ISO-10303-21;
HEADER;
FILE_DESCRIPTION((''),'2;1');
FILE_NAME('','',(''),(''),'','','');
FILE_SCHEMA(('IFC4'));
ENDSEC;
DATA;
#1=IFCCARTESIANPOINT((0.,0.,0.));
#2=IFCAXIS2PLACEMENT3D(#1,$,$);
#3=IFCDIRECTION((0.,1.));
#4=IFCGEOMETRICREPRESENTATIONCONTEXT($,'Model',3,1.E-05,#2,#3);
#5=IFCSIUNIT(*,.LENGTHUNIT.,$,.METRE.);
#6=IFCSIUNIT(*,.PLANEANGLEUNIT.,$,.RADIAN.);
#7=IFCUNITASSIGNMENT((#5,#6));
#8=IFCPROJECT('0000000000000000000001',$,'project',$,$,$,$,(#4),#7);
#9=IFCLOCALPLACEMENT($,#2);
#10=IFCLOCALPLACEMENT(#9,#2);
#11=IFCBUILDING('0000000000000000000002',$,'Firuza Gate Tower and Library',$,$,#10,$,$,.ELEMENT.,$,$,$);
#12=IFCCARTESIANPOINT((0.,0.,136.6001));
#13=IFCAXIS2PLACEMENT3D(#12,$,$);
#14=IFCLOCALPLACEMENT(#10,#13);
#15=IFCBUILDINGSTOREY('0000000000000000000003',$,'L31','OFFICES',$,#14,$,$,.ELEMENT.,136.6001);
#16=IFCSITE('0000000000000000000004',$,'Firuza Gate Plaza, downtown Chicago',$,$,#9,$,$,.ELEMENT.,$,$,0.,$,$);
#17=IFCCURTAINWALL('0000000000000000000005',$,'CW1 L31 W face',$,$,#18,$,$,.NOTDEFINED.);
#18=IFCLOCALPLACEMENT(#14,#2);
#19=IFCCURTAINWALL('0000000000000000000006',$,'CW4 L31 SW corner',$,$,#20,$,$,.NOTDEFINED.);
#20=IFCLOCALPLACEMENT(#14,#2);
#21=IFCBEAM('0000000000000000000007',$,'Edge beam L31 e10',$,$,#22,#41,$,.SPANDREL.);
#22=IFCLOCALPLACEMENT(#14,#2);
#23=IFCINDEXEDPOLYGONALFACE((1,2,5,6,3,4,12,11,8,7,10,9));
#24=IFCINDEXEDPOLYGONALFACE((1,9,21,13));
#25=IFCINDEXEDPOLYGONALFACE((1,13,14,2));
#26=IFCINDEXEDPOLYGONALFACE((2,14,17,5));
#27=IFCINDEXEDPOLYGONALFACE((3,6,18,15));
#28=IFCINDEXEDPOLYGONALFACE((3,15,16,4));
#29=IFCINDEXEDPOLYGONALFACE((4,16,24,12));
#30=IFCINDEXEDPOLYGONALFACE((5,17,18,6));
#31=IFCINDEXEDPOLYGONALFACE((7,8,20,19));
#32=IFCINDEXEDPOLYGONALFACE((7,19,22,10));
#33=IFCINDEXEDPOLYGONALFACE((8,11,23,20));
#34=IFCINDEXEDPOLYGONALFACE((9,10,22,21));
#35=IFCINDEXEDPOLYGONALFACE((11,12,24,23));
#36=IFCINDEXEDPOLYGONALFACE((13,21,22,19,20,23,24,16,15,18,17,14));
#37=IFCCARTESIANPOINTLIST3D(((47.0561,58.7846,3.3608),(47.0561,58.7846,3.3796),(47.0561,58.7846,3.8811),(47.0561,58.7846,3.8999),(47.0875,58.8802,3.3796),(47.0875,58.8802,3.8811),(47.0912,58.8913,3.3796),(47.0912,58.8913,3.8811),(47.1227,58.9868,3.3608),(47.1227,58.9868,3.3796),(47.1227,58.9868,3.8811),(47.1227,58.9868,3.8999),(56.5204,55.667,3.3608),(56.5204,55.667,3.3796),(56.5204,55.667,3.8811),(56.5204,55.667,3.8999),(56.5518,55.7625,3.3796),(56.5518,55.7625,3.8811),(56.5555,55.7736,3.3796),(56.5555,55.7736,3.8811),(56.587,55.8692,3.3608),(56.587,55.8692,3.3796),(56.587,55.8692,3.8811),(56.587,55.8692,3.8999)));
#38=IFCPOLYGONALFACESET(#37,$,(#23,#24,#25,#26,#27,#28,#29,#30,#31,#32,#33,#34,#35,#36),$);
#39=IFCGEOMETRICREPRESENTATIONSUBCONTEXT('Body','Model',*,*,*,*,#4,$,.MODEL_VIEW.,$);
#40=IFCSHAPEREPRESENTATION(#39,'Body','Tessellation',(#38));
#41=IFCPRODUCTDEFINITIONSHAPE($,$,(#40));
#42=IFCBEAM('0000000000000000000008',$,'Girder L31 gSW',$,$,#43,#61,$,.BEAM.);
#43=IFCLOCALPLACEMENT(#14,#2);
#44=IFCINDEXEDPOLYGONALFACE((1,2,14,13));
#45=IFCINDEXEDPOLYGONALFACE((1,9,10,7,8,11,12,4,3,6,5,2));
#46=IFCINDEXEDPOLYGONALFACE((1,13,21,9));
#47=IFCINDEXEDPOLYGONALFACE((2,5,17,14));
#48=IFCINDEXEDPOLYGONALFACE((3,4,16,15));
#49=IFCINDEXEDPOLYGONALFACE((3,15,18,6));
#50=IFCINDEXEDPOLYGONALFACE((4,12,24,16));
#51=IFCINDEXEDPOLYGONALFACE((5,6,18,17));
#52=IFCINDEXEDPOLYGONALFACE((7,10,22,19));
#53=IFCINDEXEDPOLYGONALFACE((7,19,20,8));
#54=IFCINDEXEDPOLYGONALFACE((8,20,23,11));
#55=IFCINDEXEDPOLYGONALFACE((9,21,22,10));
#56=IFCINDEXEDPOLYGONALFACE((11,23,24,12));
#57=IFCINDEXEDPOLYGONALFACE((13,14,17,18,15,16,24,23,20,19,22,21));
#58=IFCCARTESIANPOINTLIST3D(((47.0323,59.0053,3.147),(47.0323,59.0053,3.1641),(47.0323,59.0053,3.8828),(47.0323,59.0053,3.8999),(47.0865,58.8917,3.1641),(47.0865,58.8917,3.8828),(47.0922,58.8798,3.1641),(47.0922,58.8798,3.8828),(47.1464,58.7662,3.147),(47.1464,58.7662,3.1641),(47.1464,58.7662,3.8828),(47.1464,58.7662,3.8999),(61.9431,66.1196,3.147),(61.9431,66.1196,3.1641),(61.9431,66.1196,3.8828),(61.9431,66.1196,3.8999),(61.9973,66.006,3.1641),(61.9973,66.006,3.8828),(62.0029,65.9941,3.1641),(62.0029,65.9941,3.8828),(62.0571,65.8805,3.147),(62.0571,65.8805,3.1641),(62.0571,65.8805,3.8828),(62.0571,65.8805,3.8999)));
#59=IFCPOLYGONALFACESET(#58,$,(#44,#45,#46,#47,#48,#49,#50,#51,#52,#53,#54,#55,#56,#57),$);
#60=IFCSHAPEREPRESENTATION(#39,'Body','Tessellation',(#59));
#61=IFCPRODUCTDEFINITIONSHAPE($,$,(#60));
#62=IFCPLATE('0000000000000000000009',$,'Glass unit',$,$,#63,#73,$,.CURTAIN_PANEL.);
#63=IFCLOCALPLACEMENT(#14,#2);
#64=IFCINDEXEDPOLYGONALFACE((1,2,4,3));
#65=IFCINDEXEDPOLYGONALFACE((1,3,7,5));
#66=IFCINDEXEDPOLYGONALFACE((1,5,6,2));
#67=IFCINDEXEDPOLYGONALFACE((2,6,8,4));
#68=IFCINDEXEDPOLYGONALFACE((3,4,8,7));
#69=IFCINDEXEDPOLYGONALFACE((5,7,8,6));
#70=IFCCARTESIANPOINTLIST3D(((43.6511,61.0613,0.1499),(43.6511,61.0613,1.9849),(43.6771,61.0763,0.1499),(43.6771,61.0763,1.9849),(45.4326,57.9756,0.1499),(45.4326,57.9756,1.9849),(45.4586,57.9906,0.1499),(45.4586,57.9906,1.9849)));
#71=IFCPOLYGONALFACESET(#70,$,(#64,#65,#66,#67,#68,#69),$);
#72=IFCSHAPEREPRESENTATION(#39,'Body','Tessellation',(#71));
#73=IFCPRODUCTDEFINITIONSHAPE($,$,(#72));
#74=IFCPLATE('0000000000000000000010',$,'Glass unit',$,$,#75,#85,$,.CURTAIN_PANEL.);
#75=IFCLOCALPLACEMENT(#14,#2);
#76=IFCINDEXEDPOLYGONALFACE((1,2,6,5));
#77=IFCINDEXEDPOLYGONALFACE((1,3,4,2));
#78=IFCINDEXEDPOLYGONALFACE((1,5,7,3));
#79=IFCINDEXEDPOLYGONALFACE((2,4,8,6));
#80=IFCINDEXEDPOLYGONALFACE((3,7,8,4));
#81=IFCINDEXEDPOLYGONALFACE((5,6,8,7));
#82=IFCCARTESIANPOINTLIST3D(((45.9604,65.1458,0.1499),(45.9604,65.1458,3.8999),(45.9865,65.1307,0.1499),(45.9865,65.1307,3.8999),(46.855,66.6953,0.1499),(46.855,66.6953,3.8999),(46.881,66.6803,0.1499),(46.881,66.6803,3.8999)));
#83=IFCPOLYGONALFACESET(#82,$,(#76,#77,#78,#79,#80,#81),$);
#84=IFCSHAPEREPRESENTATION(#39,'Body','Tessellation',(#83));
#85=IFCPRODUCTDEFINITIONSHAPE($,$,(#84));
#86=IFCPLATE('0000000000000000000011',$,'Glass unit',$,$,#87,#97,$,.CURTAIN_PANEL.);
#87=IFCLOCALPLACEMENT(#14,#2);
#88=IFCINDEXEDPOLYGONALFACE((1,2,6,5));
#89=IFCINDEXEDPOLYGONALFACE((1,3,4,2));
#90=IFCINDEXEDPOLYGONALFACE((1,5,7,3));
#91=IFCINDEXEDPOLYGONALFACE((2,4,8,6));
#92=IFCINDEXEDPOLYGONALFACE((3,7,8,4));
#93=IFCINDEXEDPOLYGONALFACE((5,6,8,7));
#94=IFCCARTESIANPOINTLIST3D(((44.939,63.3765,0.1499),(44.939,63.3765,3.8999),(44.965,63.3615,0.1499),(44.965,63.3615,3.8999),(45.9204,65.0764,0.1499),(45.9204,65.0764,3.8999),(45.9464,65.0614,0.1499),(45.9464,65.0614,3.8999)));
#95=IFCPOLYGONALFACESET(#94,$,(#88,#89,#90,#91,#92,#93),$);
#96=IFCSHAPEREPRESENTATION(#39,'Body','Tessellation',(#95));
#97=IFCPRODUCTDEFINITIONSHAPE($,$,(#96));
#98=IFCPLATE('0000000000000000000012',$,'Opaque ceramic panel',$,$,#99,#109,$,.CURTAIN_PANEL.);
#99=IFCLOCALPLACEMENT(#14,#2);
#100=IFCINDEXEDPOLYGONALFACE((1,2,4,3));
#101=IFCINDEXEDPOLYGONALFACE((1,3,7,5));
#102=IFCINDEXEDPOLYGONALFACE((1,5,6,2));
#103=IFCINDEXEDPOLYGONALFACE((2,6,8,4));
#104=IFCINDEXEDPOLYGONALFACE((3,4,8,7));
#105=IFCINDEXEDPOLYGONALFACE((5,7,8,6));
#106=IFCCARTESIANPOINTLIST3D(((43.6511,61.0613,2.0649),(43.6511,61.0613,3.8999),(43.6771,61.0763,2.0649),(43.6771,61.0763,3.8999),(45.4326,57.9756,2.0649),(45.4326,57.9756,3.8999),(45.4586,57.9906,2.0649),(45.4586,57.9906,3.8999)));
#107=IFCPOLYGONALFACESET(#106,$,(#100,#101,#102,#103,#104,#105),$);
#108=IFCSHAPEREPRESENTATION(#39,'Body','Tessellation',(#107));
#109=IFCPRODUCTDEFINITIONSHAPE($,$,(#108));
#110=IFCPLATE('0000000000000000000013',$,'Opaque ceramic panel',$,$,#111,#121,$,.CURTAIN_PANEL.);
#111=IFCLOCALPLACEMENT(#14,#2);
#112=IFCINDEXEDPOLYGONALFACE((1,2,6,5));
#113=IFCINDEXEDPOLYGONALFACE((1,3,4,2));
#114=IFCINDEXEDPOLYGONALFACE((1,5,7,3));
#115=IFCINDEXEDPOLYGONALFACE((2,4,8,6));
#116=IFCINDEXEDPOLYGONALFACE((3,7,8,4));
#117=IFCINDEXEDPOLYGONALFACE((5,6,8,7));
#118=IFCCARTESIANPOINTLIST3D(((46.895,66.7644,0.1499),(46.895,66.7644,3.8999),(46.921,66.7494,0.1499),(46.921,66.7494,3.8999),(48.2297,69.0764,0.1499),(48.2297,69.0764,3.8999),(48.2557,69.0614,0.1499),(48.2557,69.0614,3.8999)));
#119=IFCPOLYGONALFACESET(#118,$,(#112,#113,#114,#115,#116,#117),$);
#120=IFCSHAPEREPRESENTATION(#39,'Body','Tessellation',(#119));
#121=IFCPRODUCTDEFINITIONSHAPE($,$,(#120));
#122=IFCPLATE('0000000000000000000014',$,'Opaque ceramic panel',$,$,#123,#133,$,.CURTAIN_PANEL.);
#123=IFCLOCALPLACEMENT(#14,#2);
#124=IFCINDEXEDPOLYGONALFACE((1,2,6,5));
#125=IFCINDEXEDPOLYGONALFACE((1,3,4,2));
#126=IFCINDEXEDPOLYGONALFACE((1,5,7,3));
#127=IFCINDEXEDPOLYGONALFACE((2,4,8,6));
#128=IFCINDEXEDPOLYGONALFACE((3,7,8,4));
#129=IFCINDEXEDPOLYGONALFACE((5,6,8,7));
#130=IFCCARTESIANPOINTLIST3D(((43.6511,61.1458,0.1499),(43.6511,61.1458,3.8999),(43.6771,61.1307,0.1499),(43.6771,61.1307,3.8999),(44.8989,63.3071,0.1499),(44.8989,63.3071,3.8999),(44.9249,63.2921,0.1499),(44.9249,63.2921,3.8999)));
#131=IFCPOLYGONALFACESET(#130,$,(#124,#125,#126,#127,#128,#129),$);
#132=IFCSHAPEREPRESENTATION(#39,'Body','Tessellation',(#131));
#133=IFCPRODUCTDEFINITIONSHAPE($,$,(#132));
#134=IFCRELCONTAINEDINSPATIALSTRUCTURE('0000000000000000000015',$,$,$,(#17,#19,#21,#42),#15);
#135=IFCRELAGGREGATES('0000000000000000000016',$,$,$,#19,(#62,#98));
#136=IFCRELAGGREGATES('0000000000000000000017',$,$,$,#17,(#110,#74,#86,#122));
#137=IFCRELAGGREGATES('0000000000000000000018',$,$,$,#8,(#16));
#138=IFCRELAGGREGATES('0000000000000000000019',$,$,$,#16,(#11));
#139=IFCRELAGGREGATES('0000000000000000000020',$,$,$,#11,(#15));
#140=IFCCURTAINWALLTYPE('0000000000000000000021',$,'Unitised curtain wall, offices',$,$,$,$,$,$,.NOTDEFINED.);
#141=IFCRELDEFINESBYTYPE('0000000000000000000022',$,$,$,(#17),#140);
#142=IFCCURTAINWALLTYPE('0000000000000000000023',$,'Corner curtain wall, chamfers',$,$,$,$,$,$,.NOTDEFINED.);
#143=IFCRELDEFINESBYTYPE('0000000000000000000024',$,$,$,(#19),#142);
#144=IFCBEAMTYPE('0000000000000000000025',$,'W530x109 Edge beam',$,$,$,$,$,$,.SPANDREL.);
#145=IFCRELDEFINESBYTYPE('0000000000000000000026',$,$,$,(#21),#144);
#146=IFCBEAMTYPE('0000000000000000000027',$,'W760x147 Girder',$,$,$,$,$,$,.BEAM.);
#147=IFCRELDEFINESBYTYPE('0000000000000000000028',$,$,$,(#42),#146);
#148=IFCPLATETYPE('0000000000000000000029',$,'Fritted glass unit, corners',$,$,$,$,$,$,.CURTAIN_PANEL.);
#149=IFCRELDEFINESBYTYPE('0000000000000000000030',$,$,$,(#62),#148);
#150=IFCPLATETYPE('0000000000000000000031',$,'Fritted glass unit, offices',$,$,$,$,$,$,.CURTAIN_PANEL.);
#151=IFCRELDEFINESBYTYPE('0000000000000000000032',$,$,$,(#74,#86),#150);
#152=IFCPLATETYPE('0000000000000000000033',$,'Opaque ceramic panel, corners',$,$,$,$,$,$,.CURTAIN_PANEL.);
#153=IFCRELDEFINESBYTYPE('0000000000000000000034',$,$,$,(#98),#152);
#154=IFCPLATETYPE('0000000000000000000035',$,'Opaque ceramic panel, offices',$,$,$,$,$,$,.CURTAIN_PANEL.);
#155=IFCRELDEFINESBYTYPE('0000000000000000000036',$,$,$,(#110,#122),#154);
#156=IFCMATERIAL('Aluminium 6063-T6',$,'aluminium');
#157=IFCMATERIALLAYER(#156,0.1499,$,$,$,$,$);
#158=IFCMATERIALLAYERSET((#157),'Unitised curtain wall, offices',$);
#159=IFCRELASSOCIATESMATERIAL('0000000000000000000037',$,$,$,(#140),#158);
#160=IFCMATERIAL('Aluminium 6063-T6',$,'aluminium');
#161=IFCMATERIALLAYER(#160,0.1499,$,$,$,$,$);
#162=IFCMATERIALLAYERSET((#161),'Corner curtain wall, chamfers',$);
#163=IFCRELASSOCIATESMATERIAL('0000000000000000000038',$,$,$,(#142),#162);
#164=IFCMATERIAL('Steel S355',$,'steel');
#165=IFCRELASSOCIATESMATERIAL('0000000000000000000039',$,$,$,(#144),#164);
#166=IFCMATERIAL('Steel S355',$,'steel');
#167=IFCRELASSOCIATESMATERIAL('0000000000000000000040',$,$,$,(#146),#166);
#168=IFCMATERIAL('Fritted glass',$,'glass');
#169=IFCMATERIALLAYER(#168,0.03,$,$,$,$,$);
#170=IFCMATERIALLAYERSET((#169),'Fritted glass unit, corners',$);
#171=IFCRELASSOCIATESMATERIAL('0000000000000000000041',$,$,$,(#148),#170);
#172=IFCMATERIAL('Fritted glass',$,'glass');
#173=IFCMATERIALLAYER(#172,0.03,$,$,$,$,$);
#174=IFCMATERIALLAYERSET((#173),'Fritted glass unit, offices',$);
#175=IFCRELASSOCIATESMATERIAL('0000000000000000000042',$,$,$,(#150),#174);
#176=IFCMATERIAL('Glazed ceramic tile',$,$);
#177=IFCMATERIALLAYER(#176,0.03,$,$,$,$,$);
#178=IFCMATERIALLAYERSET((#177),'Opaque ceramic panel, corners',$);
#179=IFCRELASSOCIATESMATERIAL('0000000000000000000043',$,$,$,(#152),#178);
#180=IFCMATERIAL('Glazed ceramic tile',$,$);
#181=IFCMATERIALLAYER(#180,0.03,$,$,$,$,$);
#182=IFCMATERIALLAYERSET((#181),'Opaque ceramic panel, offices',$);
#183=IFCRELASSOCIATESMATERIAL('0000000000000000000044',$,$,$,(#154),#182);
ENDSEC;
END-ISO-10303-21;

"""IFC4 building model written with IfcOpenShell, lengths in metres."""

from ifc_helpers import new_model, si_unit, direction, frame, origin, origin_2d, place, context, subcontext, project, spatial, polyline, i_section, outline, extrude, material, layer, layer_set, material_profile, profile_set, type_object, element, aggregate, save


model = new_model("IFC4")

# Units and contexts
model_context = context("Model", 3, precision=1e-05, world=origin(), true_north=direction((0.0, 1.0)))
body_context = subcontext(model_context, "Body", "Model", "MODEL_VIEW")
ifc_project = project(units=[si_unit("LENGTHUNIT", "METRE"), si_unit("PLANEANGLEUNIT", "RADIAN")], contexts=[model_context])

# Site, building, storey
site_placement = place(None, origin())
site = spatial("IfcSite", under=ifc_project, at=site_placement, Name="Firuza Gate Plaza, downtown Chicago", CompositionType="ELEMENT", RefElevation=0.0)
building_placement = place(site_placement, origin())
building = spatial("IfcBuilding", under=site, at=building_placement, Name="Firuza Gate Tower and Library", CompositionType="ELEMENT")
storey_placement = place(building_placement, frame((0.0, 0.0, 136.6001)))
storey = spatial("IfcBuildingStorey", under=building, at=storey_placement, Name="L31", Description="OFFICES", CompositionType="ELEMENT", Elevation=136.6001)

# Curtain walls
ifc_material_1 = material(Name="Aluminium 6063-T6", Category="aluminium")
ifc_layer_1 = layer(ifc_material_1, 0.1499)
ifc_layer_set_1 = layer_set([ifc_layer_1], Name="Unitised curtain wall, offices")
curtain_wall_type_1 = type_object("IfcCurtainWallType", Name="Unitised curtain wall, offices", PredefinedType="NOTDEFINED", material=ifc_layer_set_1)
placement = place(storey_placement, origin())
curtain_wall_1 = element("IfcCurtainWall", 1, at=placement, inside=storey, type_object=curtain_wall_type_1, Name="CW1 L31 W face", PredefinedType="NOTDEFINED")
ifc_material_2 = material(Name="Aluminium 6063-T6", Category="aluminium")
ifc_layer_2 = layer(ifc_material_2, 0.1499)
ifc_layer_set_2 = layer_set([ifc_layer_2], Name="Corner curtain wall, chamfers")
curtain_wall_type_2 = type_object("IfcCurtainWallType", Name="Corner curtain wall, chamfers", PredefinedType="NOTDEFINED", material=ifc_layer_set_2)
curtain_wall_2 = element("IfcCurtainWall", 2, at=placement, inside=storey, type_object=curtain_wall_type_2, Name="CW4 L31 SW corner", PredefinedType="NOTDEFINED")

# Beams
ifc_material_3 = material(Name="Steel S355", Category="steel")
ifc_material_profile_1 = material_profile(ifc_material_3, i_section(OverallWidth=0.2129, OverallDepth=0.5391, WebThickness=0.0117, FlangeThickness=0.0188, at=origin_2d()))
ifc_profile_set_1 = profile_set([ifc_material_profile_1], Name="Steel S355")
beam_type_1 = type_object("IfcBeamType", Name="W530x109 Edge beam", PredefinedType="SPANDREL", material=ifc_profile_set_1)
beam_1_placement = place(storey_placement, frame((47.0894, 58.8857, 3.6304), z_axis=(0.949795, -0.312874, 0.0), x_axis=(0.312874, 0.949795, 0.0)))
element("IfcBeam", 3, at=beam_1_placement, inside=storey, type_object=beam_type_1, Name="Edge beam L31 e10", PredefinedType="SPANDREL", context=body_context, shape_type="SweptSolid", body=[
    extrude(i_section(OverallWidth=0.2129, OverallDepth=0.5391, WebThickness=0.0117, FlangeThickness=0.0188, at=origin_2d()), origin(), (0.0, 0.0, 1.0), 9.9646),
])
ifc_material_4 = material(Name="Steel S355", Category="steel")
ifc_material_profile_2 = material_profile(ifc_material_4, i_section(OverallWidth=0.2649, OverallDepth=0.7529, WebThickness=0.0132, FlangeThickness=0.0171, at=origin_2d()))
ifc_profile_set_2 = profile_set([ifc_material_profile_2], Name="Steel S355")
beam_type_2 = type_object("IfcBeamType", Name="W760x147 Girder", PredefinedType="BEAM", material=ifc_profile_set_2)
beam_2_placement = place(storey_placement, frame((47.0894, 58.8857, 3.5234), z_axis=(0.902532, 0.430622, 0.0), x_axis=(-0.430622, 0.902532, 0.0)))
element("IfcBeam", 4, at=beam_2_placement, inside=storey, type_object=beam_type_2, Name="Girder L31 gSW", PredefinedType="BEAM", context=body_context, shape_type="SweptSolid", body=[
    extrude(i_section(OverallWidth=0.2649, OverallDepth=0.7529, WebThickness=0.0132, FlangeThickness=0.0171, at=origin_2d()), origin(), (0.0, 0.0, 1.0), 16.521),
])

# Plates
ifc_material_5 = material(Name="Fritted glass", Category="glass")
ifc_layer_3 = layer(ifc_material_5, 0.03)
ifc_layer_set_3 = layer_set([ifc_layer_3], Name="Fritted glass unit, corners")
plate_type_1 = type_object("IfcPlateType", Name="Fritted glass unit, corners", PredefinedType="CURTAIN_PANEL", material=ifc_layer_set_3)
plate_1_placement = place(storey_placement, frame((43.6511, 61.0613, 0.1499), z_axis=(-0.866029, -0.499993, 0.0), x_axis=(0.499993, -0.866029, 0.0)))
plate_1 = element("IfcPlate", 5, at=plate_1_placement, type_object=plate_type_1, Name="Glass unit", PredefinedType="CURTAIN_PANEL", context=body_context, shape_type="SweptSolid", body=[
    extrude(outline(polyline([(0.0, 0.0), (3.563, 0.0), (3.563, 1.835), (0.0, 1.835), (0.0, 0.0)])), origin(), (0.0, 0.0, -1.0), 0.03),
])
ifc_material_6 = material(Name="Fritted glass", Category="glass")
ifc_layer_4 = layer(ifc_material_6, 0.03)
ifc_layer_set_4 = layer_set([ifc_layer_4], Name="Fritted glass unit, offices")
plate_type_2 = type_object("IfcPlateType", Name="Fritted glass unit, offices", PredefinedType="CURTAIN_PANEL", material=ifc_layer_set_4)
plate_2_placement = place(storey_placement, frame((46.855, 66.6953, 0.1499), z_axis=(-0.866052, 0.499955, 0.0), x_axis=(-0.499955, -0.866052, 0.0)))
plate_2 = element("IfcPlate", 6, at=plate_2_placement, type_object=plate_type_2, Name="Glass unit", PredefinedType="CURTAIN_PANEL", context=body_context, shape_type="SweptSolid", body=[
    extrude(outline(polyline([(0.0, 0.0), (1.7892, 0.0), (1.7892, 3.75), (0.0, 3.75), (0.0, 0.0)])), origin(), (0.0, 0.0, -1.0), 0.03),
])
plate_3_placement = place(storey_placement, frame((45.9204, 65.0764, 0.1499), z_axis=(-0.86603, 0.499992, 0.0), x_axis=(-0.499992, -0.86603, 0.0)))
plate_3 = element("IfcPlate", 7, at=plate_3_placement, type_object=plate_type_2, Name="Glass unit", PredefinedType="CURTAIN_PANEL", context=body_context, shape_type="SweptSolid", body=[
    extrude(outline(polyline([(0.0, 0.0), (1.9629, 0.0), (1.9629, 3.75), (0.0, 3.75), (0.0, 0.0)])), origin(), (0.0, 0.0, -1.0), 0.03),
])
ifc_material_7 = material(Name="Glazed ceramic tile")
ifc_layer_5 = layer(ifc_material_7, 0.03)
ifc_layer_set_5 = layer_set([ifc_layer_5], Name="Opaque ceramic panel, corners")
plate_type_3 = type_object("IfcPlateType", Name="Opaque ceramic panel, corners", PredefinedType="CURTAIN_PANEL", material=ifc_layer_set_5)
plate_4_placement = place(storey_placement, frame((43.6511, 61.0613, 2.0649), z_axis=(-0.866029, -0.499993, 0.0), x_axis=(0.499993, -0.866029, 0.0)))
plate_4 = element("IfcPlate", 8, at=plate_4_placement, type_object=plate_type_3, Name="Opaque ceramic panel", PredefinedType="CURTAIN_PANEL", context=body_context, shape_type="SweptSolid", body=[
    extrude(outline(polyline([(0.0, 0.0), (3.563, 0.0), (3.563, 1.835), (0.0, 1.835), (0.0, 0.0)])), origin(), (0.0, 0.0, -1.0), 0.03),
])
aggregate(curtain_wall_2, [plate_1, plate_4])
ifc_material_8 = material(Name="Glazed ceramic tile")
ifc_layer_6 = layer(ifc_material_8, 0.03)
ifc_layer_set_6 = layer_set([ifc_layer_6], Name="Opaque ceramic panel, offices")
plate_type_4 = type_object("IfcPlateType", Name="Opaque ceramic panel, offices", PredefinedType="CURTAIN_PANEL", material=ifc_layer_set_6)
plate_5_placement = place(storey_placement, frame((48.2297, 69.0764, 0.1499), z_axis=(-0.866045, 0.499965, 0.0), x_axis=(-0.499965, -0.866045, 0.0)))
plate_5 = element("IfcPlate", 9, at=plate_5_placement, type_object=plate_type_4, Name="Opaque ceramic panel", PredefinedType="CURTAIN_PANEL", context=body_context, shape_type="SweptSolid", body=[
    extrude(outline(polyline([(0.0, 0.0), (2.6696, 0.0), (2.6696, 3.75), (0.0, 3.75), (0.0, 0.0)])), origin(), (0.0, 0.0, -1.0), 0.03),
])
plate_6_placement = place(storey_placement, frame((44.8989, 63.3071, 0.1499), z_axis=(-0.866037, 0.499979, 0.0), x_axis=(-0.499979, -0.866037, 0.0)))
plate_6 = element("IfcPlate", 10, at=plate_6_placement, type_object=plate_type_4, Name="Opaque ceramic panel", PredefinedType="CURTAIN_PANEL", context=body_context, shape_type="SweptSolid", body=[
    extrude(outline(polyline([(0.0, 0.0), (2.4957, 0.0), (2.4957, 3.75), (0.0, 3.75), (0.0, 0.0)])), origin(), (0.0, 0.0, -1.0), 0.03),
])
aggregate(curtain_wall_1, [plate_5, plate_2, plate_3, plate_6])

save(model, "model.ifc")
